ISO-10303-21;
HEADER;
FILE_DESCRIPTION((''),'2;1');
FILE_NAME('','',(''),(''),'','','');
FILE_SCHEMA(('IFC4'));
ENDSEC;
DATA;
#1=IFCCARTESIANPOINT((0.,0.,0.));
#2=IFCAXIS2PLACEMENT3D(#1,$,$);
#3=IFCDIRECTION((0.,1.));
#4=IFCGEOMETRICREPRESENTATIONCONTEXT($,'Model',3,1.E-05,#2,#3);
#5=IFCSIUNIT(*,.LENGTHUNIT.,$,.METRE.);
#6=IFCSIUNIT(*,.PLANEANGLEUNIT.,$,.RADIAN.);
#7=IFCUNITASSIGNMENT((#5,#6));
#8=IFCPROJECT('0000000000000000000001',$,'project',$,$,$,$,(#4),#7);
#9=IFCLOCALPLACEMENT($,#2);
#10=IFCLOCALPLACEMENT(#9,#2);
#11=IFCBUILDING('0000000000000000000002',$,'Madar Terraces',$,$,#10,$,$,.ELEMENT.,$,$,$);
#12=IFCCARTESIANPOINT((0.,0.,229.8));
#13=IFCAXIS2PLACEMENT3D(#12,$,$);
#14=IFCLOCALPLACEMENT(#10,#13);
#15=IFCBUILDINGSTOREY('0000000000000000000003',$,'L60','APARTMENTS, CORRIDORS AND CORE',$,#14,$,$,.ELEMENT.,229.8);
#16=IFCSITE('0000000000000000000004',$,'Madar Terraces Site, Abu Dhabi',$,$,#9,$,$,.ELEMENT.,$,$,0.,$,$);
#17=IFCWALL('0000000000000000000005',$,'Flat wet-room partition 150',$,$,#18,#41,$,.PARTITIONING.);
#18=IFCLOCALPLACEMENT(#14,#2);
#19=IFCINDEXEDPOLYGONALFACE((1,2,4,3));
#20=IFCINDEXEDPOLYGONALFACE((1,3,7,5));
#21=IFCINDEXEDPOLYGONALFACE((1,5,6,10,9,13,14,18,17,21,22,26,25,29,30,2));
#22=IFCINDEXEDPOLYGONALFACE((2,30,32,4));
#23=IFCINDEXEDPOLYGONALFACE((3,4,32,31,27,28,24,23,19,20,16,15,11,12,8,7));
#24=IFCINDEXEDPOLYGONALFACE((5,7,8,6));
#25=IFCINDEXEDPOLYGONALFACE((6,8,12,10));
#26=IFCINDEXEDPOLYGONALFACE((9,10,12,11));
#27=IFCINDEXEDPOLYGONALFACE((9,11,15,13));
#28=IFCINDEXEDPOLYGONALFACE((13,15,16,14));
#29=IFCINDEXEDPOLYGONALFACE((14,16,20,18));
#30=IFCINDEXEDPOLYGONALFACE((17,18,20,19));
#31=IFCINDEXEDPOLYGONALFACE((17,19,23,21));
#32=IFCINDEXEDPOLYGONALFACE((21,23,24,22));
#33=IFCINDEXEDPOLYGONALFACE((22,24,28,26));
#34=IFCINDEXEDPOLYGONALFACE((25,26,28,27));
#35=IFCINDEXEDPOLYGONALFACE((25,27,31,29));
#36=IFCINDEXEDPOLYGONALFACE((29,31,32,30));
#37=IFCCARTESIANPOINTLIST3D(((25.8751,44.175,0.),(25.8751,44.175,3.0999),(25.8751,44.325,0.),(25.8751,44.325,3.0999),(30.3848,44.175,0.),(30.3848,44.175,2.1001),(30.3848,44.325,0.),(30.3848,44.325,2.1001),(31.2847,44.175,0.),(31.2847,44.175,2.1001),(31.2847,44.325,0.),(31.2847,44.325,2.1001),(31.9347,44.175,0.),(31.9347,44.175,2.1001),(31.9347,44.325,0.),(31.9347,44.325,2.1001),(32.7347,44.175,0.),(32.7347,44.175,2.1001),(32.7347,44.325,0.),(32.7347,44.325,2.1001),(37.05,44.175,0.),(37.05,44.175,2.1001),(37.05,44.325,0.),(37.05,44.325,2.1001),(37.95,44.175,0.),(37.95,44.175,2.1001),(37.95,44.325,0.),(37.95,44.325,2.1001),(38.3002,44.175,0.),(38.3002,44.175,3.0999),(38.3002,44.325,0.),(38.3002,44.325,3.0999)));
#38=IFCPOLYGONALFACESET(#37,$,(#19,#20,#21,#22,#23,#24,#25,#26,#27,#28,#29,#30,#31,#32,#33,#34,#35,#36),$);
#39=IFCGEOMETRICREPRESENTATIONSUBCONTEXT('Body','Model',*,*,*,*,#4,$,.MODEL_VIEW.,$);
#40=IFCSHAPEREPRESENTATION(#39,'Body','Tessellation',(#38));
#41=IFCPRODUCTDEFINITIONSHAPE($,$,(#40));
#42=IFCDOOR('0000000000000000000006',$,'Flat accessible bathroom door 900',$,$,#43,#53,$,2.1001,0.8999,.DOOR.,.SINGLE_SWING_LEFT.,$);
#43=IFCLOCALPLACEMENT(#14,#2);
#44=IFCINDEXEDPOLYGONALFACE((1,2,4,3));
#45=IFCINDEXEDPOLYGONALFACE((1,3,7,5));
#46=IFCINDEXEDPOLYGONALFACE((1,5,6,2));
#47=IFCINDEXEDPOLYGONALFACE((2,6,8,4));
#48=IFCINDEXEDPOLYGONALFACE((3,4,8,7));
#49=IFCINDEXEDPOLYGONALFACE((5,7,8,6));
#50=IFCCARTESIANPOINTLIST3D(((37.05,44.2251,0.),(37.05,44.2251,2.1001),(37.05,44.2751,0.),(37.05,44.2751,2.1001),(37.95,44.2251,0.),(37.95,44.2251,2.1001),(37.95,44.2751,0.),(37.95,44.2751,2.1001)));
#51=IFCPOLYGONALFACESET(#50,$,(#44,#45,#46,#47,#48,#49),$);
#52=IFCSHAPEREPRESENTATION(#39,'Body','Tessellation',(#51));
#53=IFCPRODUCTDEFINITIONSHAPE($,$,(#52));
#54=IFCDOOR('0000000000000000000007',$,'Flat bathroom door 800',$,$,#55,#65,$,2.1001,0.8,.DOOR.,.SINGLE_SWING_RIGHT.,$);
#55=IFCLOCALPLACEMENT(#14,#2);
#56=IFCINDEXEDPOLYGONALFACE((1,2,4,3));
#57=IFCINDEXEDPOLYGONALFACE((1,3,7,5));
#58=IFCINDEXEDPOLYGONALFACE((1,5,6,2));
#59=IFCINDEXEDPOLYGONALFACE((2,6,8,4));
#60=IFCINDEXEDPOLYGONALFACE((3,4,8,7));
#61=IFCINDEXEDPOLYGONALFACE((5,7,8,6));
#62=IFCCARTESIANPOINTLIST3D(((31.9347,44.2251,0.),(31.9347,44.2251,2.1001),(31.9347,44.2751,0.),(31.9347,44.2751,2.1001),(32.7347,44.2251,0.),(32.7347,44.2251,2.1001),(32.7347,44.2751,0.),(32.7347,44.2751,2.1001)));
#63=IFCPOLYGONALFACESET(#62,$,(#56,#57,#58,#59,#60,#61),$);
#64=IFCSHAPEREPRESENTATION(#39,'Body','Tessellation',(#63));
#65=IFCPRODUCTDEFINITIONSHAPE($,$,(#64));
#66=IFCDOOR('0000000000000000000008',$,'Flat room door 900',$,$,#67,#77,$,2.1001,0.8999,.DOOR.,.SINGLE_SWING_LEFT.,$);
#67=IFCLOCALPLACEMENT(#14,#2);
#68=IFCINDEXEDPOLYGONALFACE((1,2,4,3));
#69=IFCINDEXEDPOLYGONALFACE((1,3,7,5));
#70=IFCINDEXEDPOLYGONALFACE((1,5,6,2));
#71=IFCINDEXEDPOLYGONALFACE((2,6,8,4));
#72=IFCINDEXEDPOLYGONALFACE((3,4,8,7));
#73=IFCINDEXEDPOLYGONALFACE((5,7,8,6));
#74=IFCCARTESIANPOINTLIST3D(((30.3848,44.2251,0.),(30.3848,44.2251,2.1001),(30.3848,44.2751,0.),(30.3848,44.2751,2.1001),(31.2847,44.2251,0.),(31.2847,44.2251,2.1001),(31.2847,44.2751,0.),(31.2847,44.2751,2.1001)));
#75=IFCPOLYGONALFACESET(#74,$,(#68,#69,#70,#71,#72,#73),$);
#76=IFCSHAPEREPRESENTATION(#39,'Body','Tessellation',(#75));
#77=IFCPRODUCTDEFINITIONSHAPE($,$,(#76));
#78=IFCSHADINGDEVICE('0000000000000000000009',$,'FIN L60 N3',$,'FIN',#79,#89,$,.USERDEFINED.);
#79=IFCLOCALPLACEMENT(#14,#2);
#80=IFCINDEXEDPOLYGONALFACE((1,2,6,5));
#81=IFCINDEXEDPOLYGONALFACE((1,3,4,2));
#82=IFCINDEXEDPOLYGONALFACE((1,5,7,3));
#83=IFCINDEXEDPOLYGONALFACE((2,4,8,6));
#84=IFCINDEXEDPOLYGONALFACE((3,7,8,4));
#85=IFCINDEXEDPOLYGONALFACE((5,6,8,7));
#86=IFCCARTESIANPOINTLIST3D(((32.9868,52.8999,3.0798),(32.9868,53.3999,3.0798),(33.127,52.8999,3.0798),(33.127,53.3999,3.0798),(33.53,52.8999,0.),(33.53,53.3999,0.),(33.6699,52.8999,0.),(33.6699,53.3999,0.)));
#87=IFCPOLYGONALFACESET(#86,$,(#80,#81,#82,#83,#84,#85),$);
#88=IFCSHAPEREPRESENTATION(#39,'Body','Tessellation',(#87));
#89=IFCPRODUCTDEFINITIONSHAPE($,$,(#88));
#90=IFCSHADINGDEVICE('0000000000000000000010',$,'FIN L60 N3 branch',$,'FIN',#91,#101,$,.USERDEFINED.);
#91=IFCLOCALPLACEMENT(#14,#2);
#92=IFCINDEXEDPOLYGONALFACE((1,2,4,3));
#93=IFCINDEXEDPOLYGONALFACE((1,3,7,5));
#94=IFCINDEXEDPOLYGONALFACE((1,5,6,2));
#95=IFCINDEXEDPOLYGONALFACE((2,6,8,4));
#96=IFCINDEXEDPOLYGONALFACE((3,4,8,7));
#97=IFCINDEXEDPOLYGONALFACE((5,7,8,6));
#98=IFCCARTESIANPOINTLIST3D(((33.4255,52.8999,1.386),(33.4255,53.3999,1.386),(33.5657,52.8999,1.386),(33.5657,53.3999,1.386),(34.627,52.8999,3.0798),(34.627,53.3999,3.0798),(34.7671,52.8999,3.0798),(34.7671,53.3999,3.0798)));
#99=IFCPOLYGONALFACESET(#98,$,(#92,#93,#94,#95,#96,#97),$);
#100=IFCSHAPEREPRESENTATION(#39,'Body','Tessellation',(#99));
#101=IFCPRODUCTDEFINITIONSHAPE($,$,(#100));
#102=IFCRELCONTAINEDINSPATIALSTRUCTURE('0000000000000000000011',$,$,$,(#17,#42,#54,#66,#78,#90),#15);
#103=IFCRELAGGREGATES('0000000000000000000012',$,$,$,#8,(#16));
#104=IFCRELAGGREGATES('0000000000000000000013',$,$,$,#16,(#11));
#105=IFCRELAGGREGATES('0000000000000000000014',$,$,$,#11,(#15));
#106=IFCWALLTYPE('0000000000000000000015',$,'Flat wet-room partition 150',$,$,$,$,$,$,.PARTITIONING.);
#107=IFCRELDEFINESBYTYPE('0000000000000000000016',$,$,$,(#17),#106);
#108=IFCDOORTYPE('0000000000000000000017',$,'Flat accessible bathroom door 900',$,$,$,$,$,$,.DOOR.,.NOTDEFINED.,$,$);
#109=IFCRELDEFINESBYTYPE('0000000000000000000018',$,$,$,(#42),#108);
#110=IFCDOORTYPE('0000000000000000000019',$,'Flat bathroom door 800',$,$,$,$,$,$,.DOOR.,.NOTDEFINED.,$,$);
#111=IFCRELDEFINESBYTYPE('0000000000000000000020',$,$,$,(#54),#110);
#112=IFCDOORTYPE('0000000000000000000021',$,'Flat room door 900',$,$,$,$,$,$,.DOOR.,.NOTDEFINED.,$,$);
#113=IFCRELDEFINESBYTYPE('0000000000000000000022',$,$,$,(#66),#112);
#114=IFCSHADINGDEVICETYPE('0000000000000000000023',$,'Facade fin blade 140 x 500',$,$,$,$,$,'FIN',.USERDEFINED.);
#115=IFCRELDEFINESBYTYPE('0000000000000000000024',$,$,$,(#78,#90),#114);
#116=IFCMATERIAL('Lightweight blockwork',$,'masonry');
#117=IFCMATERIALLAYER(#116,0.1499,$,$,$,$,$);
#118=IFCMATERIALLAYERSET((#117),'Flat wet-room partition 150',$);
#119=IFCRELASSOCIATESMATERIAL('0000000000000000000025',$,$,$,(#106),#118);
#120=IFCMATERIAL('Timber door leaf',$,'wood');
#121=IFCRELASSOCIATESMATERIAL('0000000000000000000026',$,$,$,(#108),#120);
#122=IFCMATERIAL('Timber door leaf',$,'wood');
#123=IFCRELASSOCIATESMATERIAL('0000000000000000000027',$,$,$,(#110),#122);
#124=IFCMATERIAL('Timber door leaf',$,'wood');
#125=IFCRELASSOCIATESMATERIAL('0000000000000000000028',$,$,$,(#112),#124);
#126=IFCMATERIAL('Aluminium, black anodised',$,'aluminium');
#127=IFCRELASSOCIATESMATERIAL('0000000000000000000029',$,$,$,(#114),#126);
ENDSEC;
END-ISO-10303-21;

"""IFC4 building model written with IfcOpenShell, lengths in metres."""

from ifc_helpers import new_model, si_unit, direction, frame, frame_2d, origin, place, context, subcontext, project, spatial, polyline, rectangle, outline, extrude, material, layer, layer_set, type_object, element, fill, save


model = new_model("IFC4")

# Units and contexts
model_context = context("Model", 3, precision=1e-05, world=origin(), true_north=direction((0.0, 1.0)))
body_context = subcontext(model_context, "Body", "Model", "MODEL_VIEW")
ifc_project = project(units=[si_unit("LENGTHUNIT", "METRE"), si_unit("PLANEANGLEUNIT", "RADIAN")], contexts=[model_context])

# Site, building, storey
site_placement = place(None, origin())
site = spatial("IfcSite", under=ifc_project, at=site_placement, Name="Madar Terraces Site, Abu Dhabi", CompositionType="ELEMENT", RefElevation=0.0)
building_placement = place(site_placement, origin())
building = spatial("IfcBuilding", under=site, at=building_placement, Name="Madar Terraces", CompositionType="ELEMENT")
storey_placement = place(building_placement, frame((0.0, 0.0, 229.8)))
storey = spatial("IfcBuildingStorey", under=building, at=storey_placement, Name="L60", Description="APARTMENTS, CORRIDORS AND CORE", CompositionType="ELEMENT", Elevation=229.8)

# Shared definitions
ifc_material_1 = material(Name="Lightweight blockwork", Category="masonry")
ifc_layer_1 = layer(ifc_material_1, 0.1499)
ifc_layer_set_1 = layer_set([ifc_layer_1], Name="Flat wet-room partition 150")
wall_type_1 = type_object("IfcWallType", Name="Flat wet-room partition 150", PredefinedType="PARTITIONING", material=ifc_layer_set_1)

# Wall, openings, doors
wall_1_placement = place(storey_placement, frame((38.3, 44.25, 0.0), z_axis=(0.0, 0.0, 1.0), x_axis=(-1.0, 0.0, 0.0)))
wall_1 = element("IfcWall", 1, at=wall_1_placement, inside=storey, type_object=wall_type_1, Name="Flat wet-room partition 150", PredefinedType="PARTITIONING", context=body_context, shape_type="SweptSolid", body=[
    extrude(rectangle(XDim=12.425, YDim=0.1499, at=frame_2d((6.2124, 0.0))), origin(), (0.0, 0.0, 1.0), 3.0999),
])
opening_1_placement = place(wall_1_placement, frame((7.0154, 0.0, 0.0)))
opening_1 = element("IfcOpeningElement", 2, at=opening_1_placement, cuts=wall_1, PredefinedType="OPENING", context=body_context, shape_type="SweptSolid", body=[
    extrude(rectangle(XDim=0.8999, YDim=2.1001, at=frame_2d((0.45, 1.05))), frame((0.0, 0.085, 0.0), z_axis=(0.0, -1.0, 0.0), x_axis=(1.0, 0.0, 0.0)), (0.0, 0.0, 1.0), 0.1699),
])
opening_2_placement = place(wall_1_placement, frame((5.5654, 0.0, 0.0)))
opening_2 = element("IfcOpeningElement", 3, at=opening_2_placement, cuts=wall_1, PredefinedType="OPENING", context=body_context, shape_type="SweptSolid", body=[
    extrude(rectangle(XDim=0.8, YDim=2.1001, at=frame_2d((0.3999, 1.05))), frame((0.0, 0.085, 0.0), z_axis=(0.0, -1.0, 0.0), x_axis=(1.0, 0.0, 0.0)), (0.0, 0.0, 1.0), 0.1699),
])
opening_3_placement = place(wall_1_placement, frame((0.3501, 0.0, 0.0)))
opening_3 = element("IfcOpeningElement", 4, at=opening_3_placement, cuts=wall_1, PredefinedType="OPENING", context=body_context, shape_type="SweptSolid", body=[
    extrude(rectangle(XDim=0.8999, YDim=2.1001, at=frame_2d((0.45, 1.05))), frame((0.0, 0.085, 0.0), z_axis=(0.0, -1.0, 0.0), x_axis=(1.0, 0.0, 0.0)), (0.0, 0.0, 1.0), 0.1699),
])
ifc_material_2 = material(Name="Timber door leaf", Category="wood")
door_type_1 = type_object("IfcDoorType", Name="Flat accessible bathroom door 900", OperationType="NOTDEFINED", PredefinedType="DOOR", material=ifc_material_2)
door_1_placement = place(opening_3_placement, origin())
door_1 = element("IfcDoor", 5, at=door_1_placement, inside=storey, type_object=door_type_1, Name="Flat accessible bathroom door 900", OperationType="SINGLE_SWING_LEFT", OverallHeight=2.1001, OverallWidth=0.8999, PredefinedType="DOOR", context=body_context, shape_type="SweptSolid", body=[
    extrude(rectangle(XDim=0.8999, YDim=2.1001, at=frame_2d((0.45, 1.05))), frame((0.0, 0.0249, 0.0), z_axis=(0.0, -1.0, 0.0), x_axis=(1.0, 0.0, 0.0)), (0.0, 0.0, 1.0), 0.05),
])
fill(opening_3, door_1)
ifc_material_3 = material(Name="Timber door leaf", Category="wood")
door_type_2 = type_object("IfcDoorType", Name="Flat bathroom door 800", OperationType="NOTDEFINED", PredefinedType="DOOR", material=ifc_material_3)
door_2_placement = place(opening_2_placement, origin())
door_2 = element("IfcDoor", 6, at=door_2_placement, inside=storey, type_object=door_type_2, Name="Flat bathroom door 800", OperationType="SINGLE_SWING_RIGHT", OverallHeight=2.1001, OverallWidth=0.8, PredefinedType="DOOR", context=body_context, shape_type="SweptSolid", body=[
    extrude(rectangle(XDim=0.8, YDim=2.1001, at=frame_2d((0.3999, 1.05))), frame((0.0, 0.0249, 0.0), z_axis=(0.0, -1.0, 0.0), x_axis=(1.0, 0.0, 0.0)), (0.0, 0.0, 1.0), 0.05),
])
fill(opening_2, door_2)
ifc_material_4 = material(Name="Timber door leaf", Category="wood")
door_type_3 = type_object("IfcDoorType", Name="Flat room door 900", OperationType="NOTDEFINED", PredefinedType="DOOR", material=ifc_material_4)
door_3_placement = place(opening_1_placement, origin())
door_3 = element("IfcDoor", 7, at=door_3_placement, inside=storey, type_object=door_type_3, Name="Flat room door 900", OperationType="SINGLE_SWING_LEFT", OverallHeight=2.1001, OverallWidth=0.8999, PredefinedType="DOOR", context=body_context, shape_type="SweptSolid", body=[
    extrude(rectangle(XDim=0.8999, YDim=2.1001, at=frame_2d((0.45, 1.05))), frame((0.0, 0.0249, 0.0), z_axis=(0.0, -1.0, 0.0), x_axis=(1.0, 0.0, 0.0)), (0.0, 0.0, 1.0), 0.05),
])
fill(opening_1, door_3)

# Shading devices
ifc_material_5 = material(Name="Aluminium, black anodised", Category="aluminium")
shading_device_type = type_object("IfcShadingDeviceType", Name="Facade fin blade 140 x 500", ElementType="FIN", PredefinedType="USERDEFINED", material=ifc_material_5)
shading_device_1_placement = place(storey_placement, frame((33.6699, 53.1499, 0.0), z_axis=(0.0, 0.0, 1.0), x_axis=(-1.0, 0.0, 0.0)))
element("IfcShadingDevice", 8, at=shading_device_1_placement, inside=storey, type_object=shading_device_type, Name="FIN L60 N3", ObjectType="FIN", PredefinedType="USERDEFINED", context=body_context, shape_type="SweptSolid", body=[
    extrude(outline(polyline([(0.0, 0.0), (0.1399, 0.0), (0.6831, 3.0798), (0.543, 3.0798), (0.0, 0.0)])), frame((0.0, 0.25, 0.0), z_axis=(0.0, -1.0, 0.0), x_axis=(1.0, 0.0, 0.0)), (0.0, 0.0, 1.0), 0.5),
])
shading_device_2_placement = place(storey_placement, frame((33.5657, 53.1499, 1.386), z_axis=(0.0, 0.0, 1.0), x_axis=(-1.0, 0.0, 0.0)))
element("IfcShadingDevice", 9, at=shading_device_2_placement, inside=storey, type_object=shading_device_type, Name="FIN L60 N3 branch", ObjectType="FIN", PredefinedType="USERDEFINED", context=body_context, shape_type="SweptSolid", body=[
    extrude(outline(polyline([(0.0, 0.0), (0.1401, 0.0), (-1.0613, 1.6938), (-1.2014, 1.6938), (0.0, 0.0)])), frame((0.0, 0.25, 0.0), z_axis=(0.0, -1.0, 0.0), x_axis=(1.0, 0.0, 0.0)), (0.0, 0.0, 1.0), 0.5),
])

save(model, "model.ifc")
